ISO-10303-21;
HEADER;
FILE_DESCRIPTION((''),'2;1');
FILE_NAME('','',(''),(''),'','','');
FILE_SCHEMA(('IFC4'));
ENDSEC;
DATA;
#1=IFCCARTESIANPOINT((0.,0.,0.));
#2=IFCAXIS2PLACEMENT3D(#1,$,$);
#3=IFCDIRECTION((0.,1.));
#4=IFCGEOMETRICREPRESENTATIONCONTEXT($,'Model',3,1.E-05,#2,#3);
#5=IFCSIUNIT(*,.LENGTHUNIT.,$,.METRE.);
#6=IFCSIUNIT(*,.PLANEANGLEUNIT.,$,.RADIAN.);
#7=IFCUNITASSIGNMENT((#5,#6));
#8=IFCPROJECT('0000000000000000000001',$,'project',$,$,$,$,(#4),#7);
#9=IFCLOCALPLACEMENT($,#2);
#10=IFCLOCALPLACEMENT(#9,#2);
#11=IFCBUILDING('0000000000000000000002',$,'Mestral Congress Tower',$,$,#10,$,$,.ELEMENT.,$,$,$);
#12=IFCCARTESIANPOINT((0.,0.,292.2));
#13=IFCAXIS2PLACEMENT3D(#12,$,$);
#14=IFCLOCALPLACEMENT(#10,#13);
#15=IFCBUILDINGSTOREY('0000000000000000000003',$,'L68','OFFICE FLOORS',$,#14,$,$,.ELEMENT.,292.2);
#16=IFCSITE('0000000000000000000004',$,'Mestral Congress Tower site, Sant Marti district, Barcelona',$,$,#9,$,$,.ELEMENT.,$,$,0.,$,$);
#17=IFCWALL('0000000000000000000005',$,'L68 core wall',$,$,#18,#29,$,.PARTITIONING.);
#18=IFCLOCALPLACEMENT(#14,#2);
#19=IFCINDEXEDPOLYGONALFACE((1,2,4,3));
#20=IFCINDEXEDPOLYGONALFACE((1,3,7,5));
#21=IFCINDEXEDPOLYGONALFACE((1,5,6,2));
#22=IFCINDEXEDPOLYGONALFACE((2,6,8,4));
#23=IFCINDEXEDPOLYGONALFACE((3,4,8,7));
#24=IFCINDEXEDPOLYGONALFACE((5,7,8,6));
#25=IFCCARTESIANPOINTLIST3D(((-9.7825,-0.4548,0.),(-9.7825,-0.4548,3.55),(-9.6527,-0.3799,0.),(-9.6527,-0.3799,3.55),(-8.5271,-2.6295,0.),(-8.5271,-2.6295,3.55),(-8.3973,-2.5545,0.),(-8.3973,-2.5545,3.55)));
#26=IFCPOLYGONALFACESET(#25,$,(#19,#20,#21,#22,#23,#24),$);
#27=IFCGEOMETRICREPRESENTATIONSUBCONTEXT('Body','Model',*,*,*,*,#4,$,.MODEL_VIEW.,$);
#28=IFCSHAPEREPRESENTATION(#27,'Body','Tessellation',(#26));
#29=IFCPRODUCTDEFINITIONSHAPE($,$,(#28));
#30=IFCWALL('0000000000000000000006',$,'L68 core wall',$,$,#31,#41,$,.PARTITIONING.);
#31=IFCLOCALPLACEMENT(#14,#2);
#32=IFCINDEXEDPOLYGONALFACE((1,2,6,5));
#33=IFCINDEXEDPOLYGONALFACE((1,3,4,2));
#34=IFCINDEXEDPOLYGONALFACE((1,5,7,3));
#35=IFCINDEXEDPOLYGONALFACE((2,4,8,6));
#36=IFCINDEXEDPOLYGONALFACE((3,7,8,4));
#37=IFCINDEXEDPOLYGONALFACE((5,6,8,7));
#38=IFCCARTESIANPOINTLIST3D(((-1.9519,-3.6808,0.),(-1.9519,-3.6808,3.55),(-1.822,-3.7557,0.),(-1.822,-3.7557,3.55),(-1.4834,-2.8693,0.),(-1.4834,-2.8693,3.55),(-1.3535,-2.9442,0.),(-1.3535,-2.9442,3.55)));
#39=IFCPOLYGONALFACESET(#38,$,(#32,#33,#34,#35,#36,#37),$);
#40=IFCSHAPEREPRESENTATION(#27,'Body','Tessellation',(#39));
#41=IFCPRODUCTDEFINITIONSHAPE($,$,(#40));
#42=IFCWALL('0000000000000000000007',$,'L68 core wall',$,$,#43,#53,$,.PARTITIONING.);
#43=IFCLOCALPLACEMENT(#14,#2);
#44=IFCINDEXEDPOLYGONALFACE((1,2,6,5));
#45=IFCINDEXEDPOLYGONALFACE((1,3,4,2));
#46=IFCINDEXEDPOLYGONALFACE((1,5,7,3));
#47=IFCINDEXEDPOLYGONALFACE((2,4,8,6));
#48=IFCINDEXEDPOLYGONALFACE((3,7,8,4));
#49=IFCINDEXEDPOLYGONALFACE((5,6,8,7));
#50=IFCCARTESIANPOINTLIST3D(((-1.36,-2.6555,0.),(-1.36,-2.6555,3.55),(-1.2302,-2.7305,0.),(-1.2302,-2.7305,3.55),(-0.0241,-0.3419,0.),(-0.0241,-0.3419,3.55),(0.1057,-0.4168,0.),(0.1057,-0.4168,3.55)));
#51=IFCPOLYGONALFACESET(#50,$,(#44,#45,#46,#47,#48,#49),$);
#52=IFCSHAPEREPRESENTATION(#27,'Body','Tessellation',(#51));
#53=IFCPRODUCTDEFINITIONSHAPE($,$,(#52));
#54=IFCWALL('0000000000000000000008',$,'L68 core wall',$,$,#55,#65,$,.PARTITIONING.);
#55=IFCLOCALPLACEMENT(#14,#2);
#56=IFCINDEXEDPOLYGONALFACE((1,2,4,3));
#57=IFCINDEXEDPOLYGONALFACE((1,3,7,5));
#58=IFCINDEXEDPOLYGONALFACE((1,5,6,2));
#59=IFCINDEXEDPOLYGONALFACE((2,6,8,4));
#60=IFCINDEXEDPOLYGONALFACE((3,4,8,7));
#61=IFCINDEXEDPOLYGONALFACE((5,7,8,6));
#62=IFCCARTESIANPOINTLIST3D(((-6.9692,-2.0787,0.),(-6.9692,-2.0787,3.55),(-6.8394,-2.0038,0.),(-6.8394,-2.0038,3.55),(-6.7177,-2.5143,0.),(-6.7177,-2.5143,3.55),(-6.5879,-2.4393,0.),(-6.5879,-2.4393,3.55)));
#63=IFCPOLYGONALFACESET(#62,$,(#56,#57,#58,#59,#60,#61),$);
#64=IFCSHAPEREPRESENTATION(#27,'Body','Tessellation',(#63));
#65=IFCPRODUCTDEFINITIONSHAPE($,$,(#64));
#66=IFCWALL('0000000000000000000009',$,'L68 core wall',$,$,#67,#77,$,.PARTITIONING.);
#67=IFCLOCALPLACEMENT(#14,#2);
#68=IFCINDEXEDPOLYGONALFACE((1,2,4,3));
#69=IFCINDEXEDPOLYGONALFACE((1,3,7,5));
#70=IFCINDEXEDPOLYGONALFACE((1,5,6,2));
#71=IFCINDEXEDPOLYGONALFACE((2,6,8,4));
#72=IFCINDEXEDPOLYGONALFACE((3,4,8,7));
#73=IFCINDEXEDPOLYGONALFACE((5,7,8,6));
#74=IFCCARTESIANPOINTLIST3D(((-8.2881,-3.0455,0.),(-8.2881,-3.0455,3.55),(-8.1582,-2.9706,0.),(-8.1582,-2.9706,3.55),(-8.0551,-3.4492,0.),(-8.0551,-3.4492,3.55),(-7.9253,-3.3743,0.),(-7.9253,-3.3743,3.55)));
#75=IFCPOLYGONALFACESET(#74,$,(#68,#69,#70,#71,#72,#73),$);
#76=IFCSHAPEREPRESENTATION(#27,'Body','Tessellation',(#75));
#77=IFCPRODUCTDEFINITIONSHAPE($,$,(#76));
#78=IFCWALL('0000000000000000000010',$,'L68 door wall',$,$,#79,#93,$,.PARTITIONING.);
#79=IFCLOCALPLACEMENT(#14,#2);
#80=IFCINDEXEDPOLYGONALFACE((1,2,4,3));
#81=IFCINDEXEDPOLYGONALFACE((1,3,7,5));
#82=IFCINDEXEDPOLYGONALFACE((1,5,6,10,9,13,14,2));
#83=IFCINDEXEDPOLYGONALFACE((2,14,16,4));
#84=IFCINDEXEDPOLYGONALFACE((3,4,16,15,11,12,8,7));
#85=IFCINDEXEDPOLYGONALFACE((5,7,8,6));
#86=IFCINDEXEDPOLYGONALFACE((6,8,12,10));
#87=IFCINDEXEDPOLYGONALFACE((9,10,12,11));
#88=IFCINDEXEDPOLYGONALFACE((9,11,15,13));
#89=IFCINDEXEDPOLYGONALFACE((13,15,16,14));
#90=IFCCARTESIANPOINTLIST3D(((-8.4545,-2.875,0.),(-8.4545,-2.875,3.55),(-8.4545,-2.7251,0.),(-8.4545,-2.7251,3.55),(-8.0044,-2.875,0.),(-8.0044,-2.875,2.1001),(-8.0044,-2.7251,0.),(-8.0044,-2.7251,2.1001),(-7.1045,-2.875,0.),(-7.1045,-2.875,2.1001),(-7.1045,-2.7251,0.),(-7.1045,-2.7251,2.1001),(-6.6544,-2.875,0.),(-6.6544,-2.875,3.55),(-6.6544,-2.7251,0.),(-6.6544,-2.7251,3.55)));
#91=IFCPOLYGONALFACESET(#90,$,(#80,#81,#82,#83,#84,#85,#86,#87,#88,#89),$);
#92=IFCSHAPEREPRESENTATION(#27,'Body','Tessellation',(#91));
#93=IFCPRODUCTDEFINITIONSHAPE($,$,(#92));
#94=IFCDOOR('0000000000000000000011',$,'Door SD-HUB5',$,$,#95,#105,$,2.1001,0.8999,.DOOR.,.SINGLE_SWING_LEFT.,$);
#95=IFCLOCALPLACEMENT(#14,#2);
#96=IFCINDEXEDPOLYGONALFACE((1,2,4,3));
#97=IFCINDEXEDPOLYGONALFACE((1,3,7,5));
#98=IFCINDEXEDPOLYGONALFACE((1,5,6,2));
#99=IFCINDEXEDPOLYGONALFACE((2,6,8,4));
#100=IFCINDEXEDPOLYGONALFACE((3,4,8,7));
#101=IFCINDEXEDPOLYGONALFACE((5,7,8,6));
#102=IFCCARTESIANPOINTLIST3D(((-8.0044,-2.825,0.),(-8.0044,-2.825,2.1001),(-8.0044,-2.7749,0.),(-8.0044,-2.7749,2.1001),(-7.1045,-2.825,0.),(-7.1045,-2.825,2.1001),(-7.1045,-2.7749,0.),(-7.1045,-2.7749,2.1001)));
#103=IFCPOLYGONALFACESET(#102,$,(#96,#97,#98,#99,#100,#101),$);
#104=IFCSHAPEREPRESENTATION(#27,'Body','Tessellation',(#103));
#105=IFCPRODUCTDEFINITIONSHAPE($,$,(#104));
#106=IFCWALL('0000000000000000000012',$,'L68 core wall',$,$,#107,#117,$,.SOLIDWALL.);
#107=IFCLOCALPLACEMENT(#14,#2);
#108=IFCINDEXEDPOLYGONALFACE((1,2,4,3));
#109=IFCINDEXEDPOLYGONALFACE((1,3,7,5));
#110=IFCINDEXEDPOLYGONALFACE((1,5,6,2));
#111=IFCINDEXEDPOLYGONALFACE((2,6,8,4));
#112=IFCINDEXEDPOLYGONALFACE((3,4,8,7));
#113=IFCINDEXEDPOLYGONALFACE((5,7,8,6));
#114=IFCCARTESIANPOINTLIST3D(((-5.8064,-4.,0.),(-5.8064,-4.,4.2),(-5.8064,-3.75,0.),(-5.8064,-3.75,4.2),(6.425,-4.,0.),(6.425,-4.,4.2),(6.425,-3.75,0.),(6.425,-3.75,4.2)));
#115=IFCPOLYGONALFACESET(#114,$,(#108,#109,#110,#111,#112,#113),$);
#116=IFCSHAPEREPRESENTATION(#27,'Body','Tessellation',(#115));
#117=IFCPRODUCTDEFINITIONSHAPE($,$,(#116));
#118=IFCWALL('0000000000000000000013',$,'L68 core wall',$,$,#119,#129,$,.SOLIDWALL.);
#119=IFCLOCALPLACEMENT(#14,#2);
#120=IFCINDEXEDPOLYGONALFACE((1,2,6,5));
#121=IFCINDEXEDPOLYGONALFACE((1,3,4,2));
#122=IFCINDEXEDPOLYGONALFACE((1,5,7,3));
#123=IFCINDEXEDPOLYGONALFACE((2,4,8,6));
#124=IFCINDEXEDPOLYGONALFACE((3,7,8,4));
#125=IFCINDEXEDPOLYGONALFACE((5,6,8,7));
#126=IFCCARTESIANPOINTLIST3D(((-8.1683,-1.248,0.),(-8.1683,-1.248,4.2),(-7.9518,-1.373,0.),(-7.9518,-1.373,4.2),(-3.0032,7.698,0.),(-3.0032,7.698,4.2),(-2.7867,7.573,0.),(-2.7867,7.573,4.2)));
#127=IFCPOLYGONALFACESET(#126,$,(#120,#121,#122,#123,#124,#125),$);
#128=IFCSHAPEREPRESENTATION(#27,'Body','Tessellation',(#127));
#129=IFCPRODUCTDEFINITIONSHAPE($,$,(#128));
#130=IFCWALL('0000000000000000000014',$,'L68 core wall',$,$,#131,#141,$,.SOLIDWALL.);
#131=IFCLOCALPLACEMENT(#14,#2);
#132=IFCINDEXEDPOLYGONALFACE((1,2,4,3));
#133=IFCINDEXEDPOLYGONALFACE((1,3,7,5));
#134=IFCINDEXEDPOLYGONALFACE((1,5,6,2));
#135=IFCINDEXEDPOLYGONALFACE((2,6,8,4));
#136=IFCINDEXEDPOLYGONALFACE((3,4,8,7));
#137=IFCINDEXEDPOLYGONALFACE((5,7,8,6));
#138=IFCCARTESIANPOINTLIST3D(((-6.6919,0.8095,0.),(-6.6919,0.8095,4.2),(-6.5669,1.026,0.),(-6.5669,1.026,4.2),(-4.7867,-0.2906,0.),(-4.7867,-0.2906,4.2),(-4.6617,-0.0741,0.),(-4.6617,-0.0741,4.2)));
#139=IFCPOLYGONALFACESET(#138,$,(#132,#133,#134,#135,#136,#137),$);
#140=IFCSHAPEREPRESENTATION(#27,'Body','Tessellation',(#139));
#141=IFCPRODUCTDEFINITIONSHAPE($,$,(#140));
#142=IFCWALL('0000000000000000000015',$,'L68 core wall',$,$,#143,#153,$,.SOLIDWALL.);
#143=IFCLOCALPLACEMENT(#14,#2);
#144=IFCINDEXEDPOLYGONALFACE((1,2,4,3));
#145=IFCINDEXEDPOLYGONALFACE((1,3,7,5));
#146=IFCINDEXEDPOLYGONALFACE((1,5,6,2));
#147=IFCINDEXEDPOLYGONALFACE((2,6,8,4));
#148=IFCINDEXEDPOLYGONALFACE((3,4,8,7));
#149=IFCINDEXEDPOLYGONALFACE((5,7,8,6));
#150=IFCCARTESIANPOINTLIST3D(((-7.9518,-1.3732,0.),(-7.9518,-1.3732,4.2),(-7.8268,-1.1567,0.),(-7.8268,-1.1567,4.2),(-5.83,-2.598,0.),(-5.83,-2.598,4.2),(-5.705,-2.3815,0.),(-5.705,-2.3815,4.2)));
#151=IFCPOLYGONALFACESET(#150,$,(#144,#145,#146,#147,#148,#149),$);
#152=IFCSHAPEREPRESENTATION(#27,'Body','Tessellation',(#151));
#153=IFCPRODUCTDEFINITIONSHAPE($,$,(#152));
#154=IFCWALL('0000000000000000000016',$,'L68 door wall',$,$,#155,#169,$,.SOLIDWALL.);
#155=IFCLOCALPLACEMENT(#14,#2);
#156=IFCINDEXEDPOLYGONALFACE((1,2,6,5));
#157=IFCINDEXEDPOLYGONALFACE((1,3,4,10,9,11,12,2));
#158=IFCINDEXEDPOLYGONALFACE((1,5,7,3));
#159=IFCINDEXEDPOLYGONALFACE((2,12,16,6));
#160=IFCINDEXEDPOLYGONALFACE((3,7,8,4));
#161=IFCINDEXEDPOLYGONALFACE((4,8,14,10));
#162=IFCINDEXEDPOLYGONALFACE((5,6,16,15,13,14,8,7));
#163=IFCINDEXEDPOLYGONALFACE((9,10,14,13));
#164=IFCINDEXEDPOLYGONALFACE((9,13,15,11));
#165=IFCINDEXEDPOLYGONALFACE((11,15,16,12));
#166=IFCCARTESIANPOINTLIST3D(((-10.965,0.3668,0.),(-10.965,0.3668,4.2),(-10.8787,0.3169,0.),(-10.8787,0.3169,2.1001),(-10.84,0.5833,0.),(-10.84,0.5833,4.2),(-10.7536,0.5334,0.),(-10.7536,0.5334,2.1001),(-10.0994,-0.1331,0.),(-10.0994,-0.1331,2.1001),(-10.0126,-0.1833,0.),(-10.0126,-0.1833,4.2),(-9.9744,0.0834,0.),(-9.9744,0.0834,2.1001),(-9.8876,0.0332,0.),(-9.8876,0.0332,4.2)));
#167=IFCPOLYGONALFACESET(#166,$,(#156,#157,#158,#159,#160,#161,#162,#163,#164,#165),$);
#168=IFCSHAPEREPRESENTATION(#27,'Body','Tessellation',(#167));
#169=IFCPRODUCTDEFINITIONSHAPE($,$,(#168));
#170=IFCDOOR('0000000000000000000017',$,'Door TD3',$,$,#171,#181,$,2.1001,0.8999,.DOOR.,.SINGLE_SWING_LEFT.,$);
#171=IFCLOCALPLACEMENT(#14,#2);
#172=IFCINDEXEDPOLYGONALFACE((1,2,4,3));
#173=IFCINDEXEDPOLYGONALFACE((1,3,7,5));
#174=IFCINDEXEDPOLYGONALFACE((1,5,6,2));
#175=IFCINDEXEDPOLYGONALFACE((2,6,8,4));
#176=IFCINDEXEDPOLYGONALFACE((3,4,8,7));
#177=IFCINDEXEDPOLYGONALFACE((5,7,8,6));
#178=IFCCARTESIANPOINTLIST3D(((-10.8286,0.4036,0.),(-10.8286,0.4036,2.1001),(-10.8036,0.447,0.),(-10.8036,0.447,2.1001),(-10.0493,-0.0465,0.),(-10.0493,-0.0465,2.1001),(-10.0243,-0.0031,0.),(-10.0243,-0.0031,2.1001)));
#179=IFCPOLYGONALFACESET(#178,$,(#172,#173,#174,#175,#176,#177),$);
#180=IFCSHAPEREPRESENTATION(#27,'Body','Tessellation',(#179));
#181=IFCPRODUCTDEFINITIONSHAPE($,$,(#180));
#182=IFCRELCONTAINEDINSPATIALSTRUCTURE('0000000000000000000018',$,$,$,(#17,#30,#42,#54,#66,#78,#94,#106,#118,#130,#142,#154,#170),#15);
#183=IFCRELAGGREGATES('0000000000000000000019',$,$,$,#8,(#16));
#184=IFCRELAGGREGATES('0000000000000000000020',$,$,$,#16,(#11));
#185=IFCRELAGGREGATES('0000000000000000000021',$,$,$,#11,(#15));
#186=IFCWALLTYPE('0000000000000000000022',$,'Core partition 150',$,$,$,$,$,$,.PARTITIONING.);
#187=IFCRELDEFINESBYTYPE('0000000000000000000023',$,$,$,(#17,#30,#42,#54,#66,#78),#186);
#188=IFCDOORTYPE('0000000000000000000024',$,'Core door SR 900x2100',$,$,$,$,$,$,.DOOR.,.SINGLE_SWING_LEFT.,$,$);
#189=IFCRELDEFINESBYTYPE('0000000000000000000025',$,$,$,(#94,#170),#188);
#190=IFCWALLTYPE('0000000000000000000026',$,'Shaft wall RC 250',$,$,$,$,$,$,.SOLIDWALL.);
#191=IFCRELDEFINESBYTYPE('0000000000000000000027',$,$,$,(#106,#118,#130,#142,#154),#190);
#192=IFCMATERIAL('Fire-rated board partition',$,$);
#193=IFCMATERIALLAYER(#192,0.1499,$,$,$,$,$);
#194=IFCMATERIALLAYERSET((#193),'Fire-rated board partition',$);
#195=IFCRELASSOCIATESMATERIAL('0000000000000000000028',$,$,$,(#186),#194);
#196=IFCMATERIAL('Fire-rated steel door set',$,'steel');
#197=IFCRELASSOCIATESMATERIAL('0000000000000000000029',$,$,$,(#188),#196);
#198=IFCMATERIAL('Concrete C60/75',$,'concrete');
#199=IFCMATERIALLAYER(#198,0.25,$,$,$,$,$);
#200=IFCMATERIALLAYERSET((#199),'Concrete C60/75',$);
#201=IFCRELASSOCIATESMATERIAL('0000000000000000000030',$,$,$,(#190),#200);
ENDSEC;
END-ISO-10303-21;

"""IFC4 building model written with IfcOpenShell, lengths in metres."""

from ifc_helpers import new_model, si_unit, direction, frame, frame_2d, origin, place, context, subcontext, project, spatial, rectangle, extrude, material, layer, layer_set, type_object, element, fill, save


model = new_model("IFC4")

# Units and contexts
model_context = context("Model", 3, precision=1e-05, world=origin(), true_north=direction((0.0, 1.0)))
body_context = subcontext(model_context, "Body", "Model", "MODEL_VIEW")
ifc_project = project(units=[si_unit("LENGTHUNIT", "METRE"), si_unit("PLANEANGLEUNIT", "RADIAN")], contexts=[model_context])

# Site, building, storey
site_placement = place(None, origin())
site = spatial("IfcSite", under=ifc_project, at=site_placement, Name="Mestral Congress Tower site, Sant Marti district, Barcelona", CompositionType="ELEMENT", RefElevation=0.0)
building_placement = place(site_placement, origin())
building = spatial("IfcBuilding", under=site, at=building_placement, Name="Mestral Congress Tower", CompositionType="ELEMENT")
storey_placement = place(building_placement, frame((0.0, 0.0, 292.2)))
storey = spatial("IfcBuildingStorey", under=building, at=storey_placement, Name="L68", Description="OFFICE FLOORS", CompositionType="ELEMENT", Elevation=292.2)

# Walls
ifc_material_1 = material(Name="Fire-rated board partition")
ifc_layer_1 = layer(ifc_material_1, 0.1499)
ifc_layer_set_1 = layer_set([ifc_layer_1], Name="Fire-rated board partition")
wall_type_1 = type_object("IfcWallType", Name="Core partition 150", PredefinedType="PARTITIONING", material=ifc_layer_set_1)
wall_1_placement = place(storey_placement, frame((-9.7175, -0.4175, 0.0), z_axis=(0.0, 0.0, 1.0), x_axis=(0.499967, -0.866045, 0.0)))
element("IfcWall", 1, at=wall_1_placement, inside=storey, type_object=wall_type_1, Name="L68 core wall", PredefinedType="PARTITIONING", context=body_context, shape_type="SweptSolid", body=[
    extrude(rectangle(XDim=2.511, YDim=0.1499, at=frame_2d((1.2554, 0.0))), origin(), (0.0, 0.0, 1.0), 3.55),
])
wall_2_placement = place(storey_placement, frame((-1.4185, -2.9067, 0.0), z_axis=(0.0, 0.0, 1.0), x_axis=(-0.499978, -0.866038, 0.0)))
element("IfcWall", 2, at=wall_2_placement, inside=storey, type_object=wall_type_1, Name="L68 core wall", PredefinedType="PARTITIONING", context=body_context, shape_type="SweptSolid", body=[
    extrude(rectangle(XDim=0.937, YDim=0.1499, at=frame_2d((0.4685, 0.0))), origin(), (0.0, 0.0, 1.0), 3.55),
])
wall_3_placement = place(storey_placement, frame((-1.2952, -2.6931, 0.0), z_axis=(0.0, 0.0, 1.0), x_axis=(0.500031, 0.866008, 0.0)))
element("IfcWall", 3, at=wall_3_placement, inside=storey, type_object=wall_type_1, Name="L68 core wall", PredefinedType="PARTITIONING", context=body_context, shape_type="SweptSolid", body=[
    extrude(rectangle(XDim=2.6716, YDim=0.1499, at=frame_2d((1.3359, 0.0))), origin(), (0.0, 0.0, 1.0), 3.55),
])
wall_4_placement = place(storey_placement, frame((-6.6528, -2.4768, 0.0), z_axis=(0.0, 0.0, 1.0), x_axis=(-0.500003, 0.866024, 0.0)))
element("IfcWall", 4, at=wall_4_placement, inside=storey, type_object=wall_type_1, Name="L68 core wall", PredefinedType="PARTITIONING", context=body_context, shape_type="SweptSolid", body=[
    extrude(rectangle(XDim=0.5029, YDim=0.1499, at=frame_2d((0.2515, 0.0))), origin(), (0.0, 0.0, 1.0), 3.55),
])
wall_5_placement = place(storey_placement, frame((-7.9902, -3.4116, 0.0), z_axis=(0.0, 0.0, 1.0), x_axis=(-0.499859, 0.866107, 0.0)))
element("IfcWall", 5, at=wall_5_placement, inside=storey, type_object=wall_type_1, Name="L68 core wall", PredefinedType="PARTITIONING", context=body_context, shape_type="SweptSolid", body=[
    extrude(rectangle(XDim=0.4661, YDim=0.1499, at=frame_2d((0.2329, 0.0))), origin(), (0.0, 0.0, 1.0), 3.55),
])

# Wall, opening, door
wall_6_placement = place(storey_placement, frame((-6.6545, -2.8, 0.0), z_axis=(0.0, 0.0, 1.0), x_axis=(-1.0, 0.0, 0.0)))
wall_6 = element("IfcWall", 6, at=wall_6_placement, inside=storey, type_object=wall_type_1, Name="L68 door wall", PredefinedType="PARTITIONING", context=body_context, shape_type="SweptSolid", body=[
    extrude(rectangle(XDim=1.8, YDim=0.1499, at=frame_2d((0.8999, 0.0))), origin(), (0.0, 0.0, 1.0), 3.55),
])
opening_1_placement = place(wall_6_placement, frame((0.45, 0.0, 0.0)))
opening_1 = element("IfcOpeningElement", 7, at=opening_1_placement, cuts=wall_6, PredefinedType="OPENING", context=body_context, shape_type="SweptSolid", body=[
    extrude(rectangle(XDim=0.8999, YDim=2.1001, at=frame_2d((0.45, 1.05))), frame((0.0, 0.085, 0.0), z_axis=(0.0, -1.0, 0.0), x_axis=(1.0, 0.0, 0.0)), (0.0, 0.0, 1.0), 0.1699),
])
ifc_material_2 = material(Name="Fire-rated steel door set", Category="steel")
door_type_1 = type_object("IfcDoorType", Name="Core door SR 900x2100", OperationType="SINGLE_SWING_LEFT", PredefinedType="DOOR", material=ifc_material_2)
door_1_placement = place(opening_1_placement, origin())
door_1 = element("IfcDoor", 8, at=door_1_placement, inside=storey, type_object=door_type_1, Name="Door SD-HUB5", OperationType="SINGLE_SWING_LEFT", OverallHeight=2.1001, OverallWidth=0.8999, PredefinedType="DOOR", context=body_context, shape_type="SweptSolid", body=[
    extrude(rectangle(XDim=0.8999, YDim=2.1001, at=frame_2d((0.45, 1.05))), frame((0.0, 0.0249, 0.0), z_axis=(0.0, -1.0, 0.0), x_axis=(1.0, 0.0, 0.0)), (0.0, 0.0, 1.0), 0.05),
])
fill(opening_1, door_1)

# Walls
ifc_material_3 = material(Name="Concrete C60/75", Category="concrete")
ifc_layer_2 = layer(ifc_material_3, 0.25)
ifc_layer_set_2 = layer_set([ifc_layer_2], Name="Concrete C60/75")
wall_type_2 = type_object("IfcWallType", Name="Shaft wall RC 250", PredefinedType="SOLIDWALL", material=ifc_layer_set_2)
wall_7_placement = place(storey_placement, frame((-5.8064, -3.875, 0.0), z_axis=(0.0, 0.0, 1.0), x_axis=(1.0, 0.0, 0.0)))
element("IfcWall", 9, at=wall_7_placement, inside=storey, type_object=wall_type_2, Name="L68 core wall", PredefinedType="SOLIDWALL", context=body_context, shape_type="SweptSolid", body=[
    extrude(rectangle(XDim=12.2314, YDim=0.25, at=frame_2d((6.1157, 0.0))), origin(), (0.0, 0.0, 1.0), 4.2),
])
wall_8_placement = place(storey_placement, frame((-8.0601, -1.3105, 0.0), z_axis=(0.0, 0.0, 1.0), x_axis=(0.500003, 0.866024, 0.0)))
element("IfcWall", 10, at=wall_8_placement, inside=storey, type_object=wall_type_2, Name="L68 core wall", PredefinedType="SOLIDWALL", context=body_context, shape_type="SweptSolid", body=[
    extrude(rectangle(XDim=10.3301, YDim=0.25, at=frame_2d((5.165, 0.0))), origin(), (0.0, 0.0, 1.0), 4.2),
])
wall_9_placement = place(storey_placement, frame((-4.7241, -0.1824, 0.0), z_axis=(0.0, 0.0, 1.0), x_axis=(-0.866008, 0.50003, 0.0)))
element("IfcWall", 11, at=wall_9_placement, inside=storey, type_object=wall_type_2, Name="L68 core wall", PredefinedType="SOLIDWALL", context=body_context, shape_type="SweptSolid", body=[
    extrude(rectangle(XDim=2.2, YDim=0.25, at=frame_2d((1.1001, 0.0))), origin(), (0.0, 0.0, 1.0), 4.2),
])
wall_10_placement = place(storey_placement, frame((-7.8894, -1.2649, 0.0), z_axis=(0.0, 0.0, 1.0), x_axis=(0.866058, -0.499944, 0.0)))
element("IfcWall", 12, at=wall_10_placement, inside=storey, type_object=wall_type_2, Name="L68 core wall", PredefinedType="SOLIDWALL", context=body_context, shape_type="SweptSolid", body=[
    extrude(rectangle(XDim=2.45, YDim=0.25, at=frame_2d((1.2251, 0.0))), origin(), (0.0, 0.0, 1.0), 4.2),
])

# Wall, opening, door
wall_11_placement = place(storey_placement, frame((-9.9502, -0.075, 0.0), z_axis=(0.0, 0.0, 1.0), x_axis=(-0.865953, 0.500126, 0.0)))
wall_11 = element("IfcWall", 13, at=wall_11_placement, inside=storey, type_object=wall_type_2, Name="L68 door wall", PredefinedType="SOLIDWALL", context=body_context, shape_type="SweptSolid", body=[
    extrude(rectangle(XDim=1.0999, YDim=0.25, at=frame_2d((0.5498, 0.0))), origin(), (0.0, 0.0, 1.0), 4.2),
])
opening_2_placement = place(wall_11_placement, frame((0.1001, 0.0, 0.0)))
opening_2 = element("IfcOpeningElement", 14, at=opening_2_placement, cuts=wall_11, PredefinedType="OPENING", context=body_context, shape_type="SweptSolid", body=[
    extrude(rectangle(XDim=0.8999, YDim=2.1001, at=frame_2d((0.45, 1.05))), frame((0.0, 0.135, 0.0), z_axis=(0.0, -1.0, 0.0), x_axis=(1.0, 0.0, 0.0)), (0.0, 0.0, 1.0), 0.27),
])
door_2_placement = place(opening_2_placement, origin())
door_2 = element("IfcDoor", 15, at=door_2_placement, inside=storey, type_object=door_type_1, Name="Door TD3", OperationType="SINGLE_SWING_LEFT", OverallHeight=2.1001, OverallWidth=0.8999, PredefinedType="DOOR", context=body_context, shape_type="SweptSolid", body=[
    extrude(rectangle(XDim=0.8999, YDim=2.1001, at=frame_2d((0.45, 1.05))), frame((0.0, 0.0249, 0.0), z_axis=(0.0, -1.0, 0.0), x_axis=(1.0, 0.0, 0.0)), (0.0, 0.0, 1.0), 0.05),
])
fill(opening_2, door_2)

save(model, "model.ifc")
